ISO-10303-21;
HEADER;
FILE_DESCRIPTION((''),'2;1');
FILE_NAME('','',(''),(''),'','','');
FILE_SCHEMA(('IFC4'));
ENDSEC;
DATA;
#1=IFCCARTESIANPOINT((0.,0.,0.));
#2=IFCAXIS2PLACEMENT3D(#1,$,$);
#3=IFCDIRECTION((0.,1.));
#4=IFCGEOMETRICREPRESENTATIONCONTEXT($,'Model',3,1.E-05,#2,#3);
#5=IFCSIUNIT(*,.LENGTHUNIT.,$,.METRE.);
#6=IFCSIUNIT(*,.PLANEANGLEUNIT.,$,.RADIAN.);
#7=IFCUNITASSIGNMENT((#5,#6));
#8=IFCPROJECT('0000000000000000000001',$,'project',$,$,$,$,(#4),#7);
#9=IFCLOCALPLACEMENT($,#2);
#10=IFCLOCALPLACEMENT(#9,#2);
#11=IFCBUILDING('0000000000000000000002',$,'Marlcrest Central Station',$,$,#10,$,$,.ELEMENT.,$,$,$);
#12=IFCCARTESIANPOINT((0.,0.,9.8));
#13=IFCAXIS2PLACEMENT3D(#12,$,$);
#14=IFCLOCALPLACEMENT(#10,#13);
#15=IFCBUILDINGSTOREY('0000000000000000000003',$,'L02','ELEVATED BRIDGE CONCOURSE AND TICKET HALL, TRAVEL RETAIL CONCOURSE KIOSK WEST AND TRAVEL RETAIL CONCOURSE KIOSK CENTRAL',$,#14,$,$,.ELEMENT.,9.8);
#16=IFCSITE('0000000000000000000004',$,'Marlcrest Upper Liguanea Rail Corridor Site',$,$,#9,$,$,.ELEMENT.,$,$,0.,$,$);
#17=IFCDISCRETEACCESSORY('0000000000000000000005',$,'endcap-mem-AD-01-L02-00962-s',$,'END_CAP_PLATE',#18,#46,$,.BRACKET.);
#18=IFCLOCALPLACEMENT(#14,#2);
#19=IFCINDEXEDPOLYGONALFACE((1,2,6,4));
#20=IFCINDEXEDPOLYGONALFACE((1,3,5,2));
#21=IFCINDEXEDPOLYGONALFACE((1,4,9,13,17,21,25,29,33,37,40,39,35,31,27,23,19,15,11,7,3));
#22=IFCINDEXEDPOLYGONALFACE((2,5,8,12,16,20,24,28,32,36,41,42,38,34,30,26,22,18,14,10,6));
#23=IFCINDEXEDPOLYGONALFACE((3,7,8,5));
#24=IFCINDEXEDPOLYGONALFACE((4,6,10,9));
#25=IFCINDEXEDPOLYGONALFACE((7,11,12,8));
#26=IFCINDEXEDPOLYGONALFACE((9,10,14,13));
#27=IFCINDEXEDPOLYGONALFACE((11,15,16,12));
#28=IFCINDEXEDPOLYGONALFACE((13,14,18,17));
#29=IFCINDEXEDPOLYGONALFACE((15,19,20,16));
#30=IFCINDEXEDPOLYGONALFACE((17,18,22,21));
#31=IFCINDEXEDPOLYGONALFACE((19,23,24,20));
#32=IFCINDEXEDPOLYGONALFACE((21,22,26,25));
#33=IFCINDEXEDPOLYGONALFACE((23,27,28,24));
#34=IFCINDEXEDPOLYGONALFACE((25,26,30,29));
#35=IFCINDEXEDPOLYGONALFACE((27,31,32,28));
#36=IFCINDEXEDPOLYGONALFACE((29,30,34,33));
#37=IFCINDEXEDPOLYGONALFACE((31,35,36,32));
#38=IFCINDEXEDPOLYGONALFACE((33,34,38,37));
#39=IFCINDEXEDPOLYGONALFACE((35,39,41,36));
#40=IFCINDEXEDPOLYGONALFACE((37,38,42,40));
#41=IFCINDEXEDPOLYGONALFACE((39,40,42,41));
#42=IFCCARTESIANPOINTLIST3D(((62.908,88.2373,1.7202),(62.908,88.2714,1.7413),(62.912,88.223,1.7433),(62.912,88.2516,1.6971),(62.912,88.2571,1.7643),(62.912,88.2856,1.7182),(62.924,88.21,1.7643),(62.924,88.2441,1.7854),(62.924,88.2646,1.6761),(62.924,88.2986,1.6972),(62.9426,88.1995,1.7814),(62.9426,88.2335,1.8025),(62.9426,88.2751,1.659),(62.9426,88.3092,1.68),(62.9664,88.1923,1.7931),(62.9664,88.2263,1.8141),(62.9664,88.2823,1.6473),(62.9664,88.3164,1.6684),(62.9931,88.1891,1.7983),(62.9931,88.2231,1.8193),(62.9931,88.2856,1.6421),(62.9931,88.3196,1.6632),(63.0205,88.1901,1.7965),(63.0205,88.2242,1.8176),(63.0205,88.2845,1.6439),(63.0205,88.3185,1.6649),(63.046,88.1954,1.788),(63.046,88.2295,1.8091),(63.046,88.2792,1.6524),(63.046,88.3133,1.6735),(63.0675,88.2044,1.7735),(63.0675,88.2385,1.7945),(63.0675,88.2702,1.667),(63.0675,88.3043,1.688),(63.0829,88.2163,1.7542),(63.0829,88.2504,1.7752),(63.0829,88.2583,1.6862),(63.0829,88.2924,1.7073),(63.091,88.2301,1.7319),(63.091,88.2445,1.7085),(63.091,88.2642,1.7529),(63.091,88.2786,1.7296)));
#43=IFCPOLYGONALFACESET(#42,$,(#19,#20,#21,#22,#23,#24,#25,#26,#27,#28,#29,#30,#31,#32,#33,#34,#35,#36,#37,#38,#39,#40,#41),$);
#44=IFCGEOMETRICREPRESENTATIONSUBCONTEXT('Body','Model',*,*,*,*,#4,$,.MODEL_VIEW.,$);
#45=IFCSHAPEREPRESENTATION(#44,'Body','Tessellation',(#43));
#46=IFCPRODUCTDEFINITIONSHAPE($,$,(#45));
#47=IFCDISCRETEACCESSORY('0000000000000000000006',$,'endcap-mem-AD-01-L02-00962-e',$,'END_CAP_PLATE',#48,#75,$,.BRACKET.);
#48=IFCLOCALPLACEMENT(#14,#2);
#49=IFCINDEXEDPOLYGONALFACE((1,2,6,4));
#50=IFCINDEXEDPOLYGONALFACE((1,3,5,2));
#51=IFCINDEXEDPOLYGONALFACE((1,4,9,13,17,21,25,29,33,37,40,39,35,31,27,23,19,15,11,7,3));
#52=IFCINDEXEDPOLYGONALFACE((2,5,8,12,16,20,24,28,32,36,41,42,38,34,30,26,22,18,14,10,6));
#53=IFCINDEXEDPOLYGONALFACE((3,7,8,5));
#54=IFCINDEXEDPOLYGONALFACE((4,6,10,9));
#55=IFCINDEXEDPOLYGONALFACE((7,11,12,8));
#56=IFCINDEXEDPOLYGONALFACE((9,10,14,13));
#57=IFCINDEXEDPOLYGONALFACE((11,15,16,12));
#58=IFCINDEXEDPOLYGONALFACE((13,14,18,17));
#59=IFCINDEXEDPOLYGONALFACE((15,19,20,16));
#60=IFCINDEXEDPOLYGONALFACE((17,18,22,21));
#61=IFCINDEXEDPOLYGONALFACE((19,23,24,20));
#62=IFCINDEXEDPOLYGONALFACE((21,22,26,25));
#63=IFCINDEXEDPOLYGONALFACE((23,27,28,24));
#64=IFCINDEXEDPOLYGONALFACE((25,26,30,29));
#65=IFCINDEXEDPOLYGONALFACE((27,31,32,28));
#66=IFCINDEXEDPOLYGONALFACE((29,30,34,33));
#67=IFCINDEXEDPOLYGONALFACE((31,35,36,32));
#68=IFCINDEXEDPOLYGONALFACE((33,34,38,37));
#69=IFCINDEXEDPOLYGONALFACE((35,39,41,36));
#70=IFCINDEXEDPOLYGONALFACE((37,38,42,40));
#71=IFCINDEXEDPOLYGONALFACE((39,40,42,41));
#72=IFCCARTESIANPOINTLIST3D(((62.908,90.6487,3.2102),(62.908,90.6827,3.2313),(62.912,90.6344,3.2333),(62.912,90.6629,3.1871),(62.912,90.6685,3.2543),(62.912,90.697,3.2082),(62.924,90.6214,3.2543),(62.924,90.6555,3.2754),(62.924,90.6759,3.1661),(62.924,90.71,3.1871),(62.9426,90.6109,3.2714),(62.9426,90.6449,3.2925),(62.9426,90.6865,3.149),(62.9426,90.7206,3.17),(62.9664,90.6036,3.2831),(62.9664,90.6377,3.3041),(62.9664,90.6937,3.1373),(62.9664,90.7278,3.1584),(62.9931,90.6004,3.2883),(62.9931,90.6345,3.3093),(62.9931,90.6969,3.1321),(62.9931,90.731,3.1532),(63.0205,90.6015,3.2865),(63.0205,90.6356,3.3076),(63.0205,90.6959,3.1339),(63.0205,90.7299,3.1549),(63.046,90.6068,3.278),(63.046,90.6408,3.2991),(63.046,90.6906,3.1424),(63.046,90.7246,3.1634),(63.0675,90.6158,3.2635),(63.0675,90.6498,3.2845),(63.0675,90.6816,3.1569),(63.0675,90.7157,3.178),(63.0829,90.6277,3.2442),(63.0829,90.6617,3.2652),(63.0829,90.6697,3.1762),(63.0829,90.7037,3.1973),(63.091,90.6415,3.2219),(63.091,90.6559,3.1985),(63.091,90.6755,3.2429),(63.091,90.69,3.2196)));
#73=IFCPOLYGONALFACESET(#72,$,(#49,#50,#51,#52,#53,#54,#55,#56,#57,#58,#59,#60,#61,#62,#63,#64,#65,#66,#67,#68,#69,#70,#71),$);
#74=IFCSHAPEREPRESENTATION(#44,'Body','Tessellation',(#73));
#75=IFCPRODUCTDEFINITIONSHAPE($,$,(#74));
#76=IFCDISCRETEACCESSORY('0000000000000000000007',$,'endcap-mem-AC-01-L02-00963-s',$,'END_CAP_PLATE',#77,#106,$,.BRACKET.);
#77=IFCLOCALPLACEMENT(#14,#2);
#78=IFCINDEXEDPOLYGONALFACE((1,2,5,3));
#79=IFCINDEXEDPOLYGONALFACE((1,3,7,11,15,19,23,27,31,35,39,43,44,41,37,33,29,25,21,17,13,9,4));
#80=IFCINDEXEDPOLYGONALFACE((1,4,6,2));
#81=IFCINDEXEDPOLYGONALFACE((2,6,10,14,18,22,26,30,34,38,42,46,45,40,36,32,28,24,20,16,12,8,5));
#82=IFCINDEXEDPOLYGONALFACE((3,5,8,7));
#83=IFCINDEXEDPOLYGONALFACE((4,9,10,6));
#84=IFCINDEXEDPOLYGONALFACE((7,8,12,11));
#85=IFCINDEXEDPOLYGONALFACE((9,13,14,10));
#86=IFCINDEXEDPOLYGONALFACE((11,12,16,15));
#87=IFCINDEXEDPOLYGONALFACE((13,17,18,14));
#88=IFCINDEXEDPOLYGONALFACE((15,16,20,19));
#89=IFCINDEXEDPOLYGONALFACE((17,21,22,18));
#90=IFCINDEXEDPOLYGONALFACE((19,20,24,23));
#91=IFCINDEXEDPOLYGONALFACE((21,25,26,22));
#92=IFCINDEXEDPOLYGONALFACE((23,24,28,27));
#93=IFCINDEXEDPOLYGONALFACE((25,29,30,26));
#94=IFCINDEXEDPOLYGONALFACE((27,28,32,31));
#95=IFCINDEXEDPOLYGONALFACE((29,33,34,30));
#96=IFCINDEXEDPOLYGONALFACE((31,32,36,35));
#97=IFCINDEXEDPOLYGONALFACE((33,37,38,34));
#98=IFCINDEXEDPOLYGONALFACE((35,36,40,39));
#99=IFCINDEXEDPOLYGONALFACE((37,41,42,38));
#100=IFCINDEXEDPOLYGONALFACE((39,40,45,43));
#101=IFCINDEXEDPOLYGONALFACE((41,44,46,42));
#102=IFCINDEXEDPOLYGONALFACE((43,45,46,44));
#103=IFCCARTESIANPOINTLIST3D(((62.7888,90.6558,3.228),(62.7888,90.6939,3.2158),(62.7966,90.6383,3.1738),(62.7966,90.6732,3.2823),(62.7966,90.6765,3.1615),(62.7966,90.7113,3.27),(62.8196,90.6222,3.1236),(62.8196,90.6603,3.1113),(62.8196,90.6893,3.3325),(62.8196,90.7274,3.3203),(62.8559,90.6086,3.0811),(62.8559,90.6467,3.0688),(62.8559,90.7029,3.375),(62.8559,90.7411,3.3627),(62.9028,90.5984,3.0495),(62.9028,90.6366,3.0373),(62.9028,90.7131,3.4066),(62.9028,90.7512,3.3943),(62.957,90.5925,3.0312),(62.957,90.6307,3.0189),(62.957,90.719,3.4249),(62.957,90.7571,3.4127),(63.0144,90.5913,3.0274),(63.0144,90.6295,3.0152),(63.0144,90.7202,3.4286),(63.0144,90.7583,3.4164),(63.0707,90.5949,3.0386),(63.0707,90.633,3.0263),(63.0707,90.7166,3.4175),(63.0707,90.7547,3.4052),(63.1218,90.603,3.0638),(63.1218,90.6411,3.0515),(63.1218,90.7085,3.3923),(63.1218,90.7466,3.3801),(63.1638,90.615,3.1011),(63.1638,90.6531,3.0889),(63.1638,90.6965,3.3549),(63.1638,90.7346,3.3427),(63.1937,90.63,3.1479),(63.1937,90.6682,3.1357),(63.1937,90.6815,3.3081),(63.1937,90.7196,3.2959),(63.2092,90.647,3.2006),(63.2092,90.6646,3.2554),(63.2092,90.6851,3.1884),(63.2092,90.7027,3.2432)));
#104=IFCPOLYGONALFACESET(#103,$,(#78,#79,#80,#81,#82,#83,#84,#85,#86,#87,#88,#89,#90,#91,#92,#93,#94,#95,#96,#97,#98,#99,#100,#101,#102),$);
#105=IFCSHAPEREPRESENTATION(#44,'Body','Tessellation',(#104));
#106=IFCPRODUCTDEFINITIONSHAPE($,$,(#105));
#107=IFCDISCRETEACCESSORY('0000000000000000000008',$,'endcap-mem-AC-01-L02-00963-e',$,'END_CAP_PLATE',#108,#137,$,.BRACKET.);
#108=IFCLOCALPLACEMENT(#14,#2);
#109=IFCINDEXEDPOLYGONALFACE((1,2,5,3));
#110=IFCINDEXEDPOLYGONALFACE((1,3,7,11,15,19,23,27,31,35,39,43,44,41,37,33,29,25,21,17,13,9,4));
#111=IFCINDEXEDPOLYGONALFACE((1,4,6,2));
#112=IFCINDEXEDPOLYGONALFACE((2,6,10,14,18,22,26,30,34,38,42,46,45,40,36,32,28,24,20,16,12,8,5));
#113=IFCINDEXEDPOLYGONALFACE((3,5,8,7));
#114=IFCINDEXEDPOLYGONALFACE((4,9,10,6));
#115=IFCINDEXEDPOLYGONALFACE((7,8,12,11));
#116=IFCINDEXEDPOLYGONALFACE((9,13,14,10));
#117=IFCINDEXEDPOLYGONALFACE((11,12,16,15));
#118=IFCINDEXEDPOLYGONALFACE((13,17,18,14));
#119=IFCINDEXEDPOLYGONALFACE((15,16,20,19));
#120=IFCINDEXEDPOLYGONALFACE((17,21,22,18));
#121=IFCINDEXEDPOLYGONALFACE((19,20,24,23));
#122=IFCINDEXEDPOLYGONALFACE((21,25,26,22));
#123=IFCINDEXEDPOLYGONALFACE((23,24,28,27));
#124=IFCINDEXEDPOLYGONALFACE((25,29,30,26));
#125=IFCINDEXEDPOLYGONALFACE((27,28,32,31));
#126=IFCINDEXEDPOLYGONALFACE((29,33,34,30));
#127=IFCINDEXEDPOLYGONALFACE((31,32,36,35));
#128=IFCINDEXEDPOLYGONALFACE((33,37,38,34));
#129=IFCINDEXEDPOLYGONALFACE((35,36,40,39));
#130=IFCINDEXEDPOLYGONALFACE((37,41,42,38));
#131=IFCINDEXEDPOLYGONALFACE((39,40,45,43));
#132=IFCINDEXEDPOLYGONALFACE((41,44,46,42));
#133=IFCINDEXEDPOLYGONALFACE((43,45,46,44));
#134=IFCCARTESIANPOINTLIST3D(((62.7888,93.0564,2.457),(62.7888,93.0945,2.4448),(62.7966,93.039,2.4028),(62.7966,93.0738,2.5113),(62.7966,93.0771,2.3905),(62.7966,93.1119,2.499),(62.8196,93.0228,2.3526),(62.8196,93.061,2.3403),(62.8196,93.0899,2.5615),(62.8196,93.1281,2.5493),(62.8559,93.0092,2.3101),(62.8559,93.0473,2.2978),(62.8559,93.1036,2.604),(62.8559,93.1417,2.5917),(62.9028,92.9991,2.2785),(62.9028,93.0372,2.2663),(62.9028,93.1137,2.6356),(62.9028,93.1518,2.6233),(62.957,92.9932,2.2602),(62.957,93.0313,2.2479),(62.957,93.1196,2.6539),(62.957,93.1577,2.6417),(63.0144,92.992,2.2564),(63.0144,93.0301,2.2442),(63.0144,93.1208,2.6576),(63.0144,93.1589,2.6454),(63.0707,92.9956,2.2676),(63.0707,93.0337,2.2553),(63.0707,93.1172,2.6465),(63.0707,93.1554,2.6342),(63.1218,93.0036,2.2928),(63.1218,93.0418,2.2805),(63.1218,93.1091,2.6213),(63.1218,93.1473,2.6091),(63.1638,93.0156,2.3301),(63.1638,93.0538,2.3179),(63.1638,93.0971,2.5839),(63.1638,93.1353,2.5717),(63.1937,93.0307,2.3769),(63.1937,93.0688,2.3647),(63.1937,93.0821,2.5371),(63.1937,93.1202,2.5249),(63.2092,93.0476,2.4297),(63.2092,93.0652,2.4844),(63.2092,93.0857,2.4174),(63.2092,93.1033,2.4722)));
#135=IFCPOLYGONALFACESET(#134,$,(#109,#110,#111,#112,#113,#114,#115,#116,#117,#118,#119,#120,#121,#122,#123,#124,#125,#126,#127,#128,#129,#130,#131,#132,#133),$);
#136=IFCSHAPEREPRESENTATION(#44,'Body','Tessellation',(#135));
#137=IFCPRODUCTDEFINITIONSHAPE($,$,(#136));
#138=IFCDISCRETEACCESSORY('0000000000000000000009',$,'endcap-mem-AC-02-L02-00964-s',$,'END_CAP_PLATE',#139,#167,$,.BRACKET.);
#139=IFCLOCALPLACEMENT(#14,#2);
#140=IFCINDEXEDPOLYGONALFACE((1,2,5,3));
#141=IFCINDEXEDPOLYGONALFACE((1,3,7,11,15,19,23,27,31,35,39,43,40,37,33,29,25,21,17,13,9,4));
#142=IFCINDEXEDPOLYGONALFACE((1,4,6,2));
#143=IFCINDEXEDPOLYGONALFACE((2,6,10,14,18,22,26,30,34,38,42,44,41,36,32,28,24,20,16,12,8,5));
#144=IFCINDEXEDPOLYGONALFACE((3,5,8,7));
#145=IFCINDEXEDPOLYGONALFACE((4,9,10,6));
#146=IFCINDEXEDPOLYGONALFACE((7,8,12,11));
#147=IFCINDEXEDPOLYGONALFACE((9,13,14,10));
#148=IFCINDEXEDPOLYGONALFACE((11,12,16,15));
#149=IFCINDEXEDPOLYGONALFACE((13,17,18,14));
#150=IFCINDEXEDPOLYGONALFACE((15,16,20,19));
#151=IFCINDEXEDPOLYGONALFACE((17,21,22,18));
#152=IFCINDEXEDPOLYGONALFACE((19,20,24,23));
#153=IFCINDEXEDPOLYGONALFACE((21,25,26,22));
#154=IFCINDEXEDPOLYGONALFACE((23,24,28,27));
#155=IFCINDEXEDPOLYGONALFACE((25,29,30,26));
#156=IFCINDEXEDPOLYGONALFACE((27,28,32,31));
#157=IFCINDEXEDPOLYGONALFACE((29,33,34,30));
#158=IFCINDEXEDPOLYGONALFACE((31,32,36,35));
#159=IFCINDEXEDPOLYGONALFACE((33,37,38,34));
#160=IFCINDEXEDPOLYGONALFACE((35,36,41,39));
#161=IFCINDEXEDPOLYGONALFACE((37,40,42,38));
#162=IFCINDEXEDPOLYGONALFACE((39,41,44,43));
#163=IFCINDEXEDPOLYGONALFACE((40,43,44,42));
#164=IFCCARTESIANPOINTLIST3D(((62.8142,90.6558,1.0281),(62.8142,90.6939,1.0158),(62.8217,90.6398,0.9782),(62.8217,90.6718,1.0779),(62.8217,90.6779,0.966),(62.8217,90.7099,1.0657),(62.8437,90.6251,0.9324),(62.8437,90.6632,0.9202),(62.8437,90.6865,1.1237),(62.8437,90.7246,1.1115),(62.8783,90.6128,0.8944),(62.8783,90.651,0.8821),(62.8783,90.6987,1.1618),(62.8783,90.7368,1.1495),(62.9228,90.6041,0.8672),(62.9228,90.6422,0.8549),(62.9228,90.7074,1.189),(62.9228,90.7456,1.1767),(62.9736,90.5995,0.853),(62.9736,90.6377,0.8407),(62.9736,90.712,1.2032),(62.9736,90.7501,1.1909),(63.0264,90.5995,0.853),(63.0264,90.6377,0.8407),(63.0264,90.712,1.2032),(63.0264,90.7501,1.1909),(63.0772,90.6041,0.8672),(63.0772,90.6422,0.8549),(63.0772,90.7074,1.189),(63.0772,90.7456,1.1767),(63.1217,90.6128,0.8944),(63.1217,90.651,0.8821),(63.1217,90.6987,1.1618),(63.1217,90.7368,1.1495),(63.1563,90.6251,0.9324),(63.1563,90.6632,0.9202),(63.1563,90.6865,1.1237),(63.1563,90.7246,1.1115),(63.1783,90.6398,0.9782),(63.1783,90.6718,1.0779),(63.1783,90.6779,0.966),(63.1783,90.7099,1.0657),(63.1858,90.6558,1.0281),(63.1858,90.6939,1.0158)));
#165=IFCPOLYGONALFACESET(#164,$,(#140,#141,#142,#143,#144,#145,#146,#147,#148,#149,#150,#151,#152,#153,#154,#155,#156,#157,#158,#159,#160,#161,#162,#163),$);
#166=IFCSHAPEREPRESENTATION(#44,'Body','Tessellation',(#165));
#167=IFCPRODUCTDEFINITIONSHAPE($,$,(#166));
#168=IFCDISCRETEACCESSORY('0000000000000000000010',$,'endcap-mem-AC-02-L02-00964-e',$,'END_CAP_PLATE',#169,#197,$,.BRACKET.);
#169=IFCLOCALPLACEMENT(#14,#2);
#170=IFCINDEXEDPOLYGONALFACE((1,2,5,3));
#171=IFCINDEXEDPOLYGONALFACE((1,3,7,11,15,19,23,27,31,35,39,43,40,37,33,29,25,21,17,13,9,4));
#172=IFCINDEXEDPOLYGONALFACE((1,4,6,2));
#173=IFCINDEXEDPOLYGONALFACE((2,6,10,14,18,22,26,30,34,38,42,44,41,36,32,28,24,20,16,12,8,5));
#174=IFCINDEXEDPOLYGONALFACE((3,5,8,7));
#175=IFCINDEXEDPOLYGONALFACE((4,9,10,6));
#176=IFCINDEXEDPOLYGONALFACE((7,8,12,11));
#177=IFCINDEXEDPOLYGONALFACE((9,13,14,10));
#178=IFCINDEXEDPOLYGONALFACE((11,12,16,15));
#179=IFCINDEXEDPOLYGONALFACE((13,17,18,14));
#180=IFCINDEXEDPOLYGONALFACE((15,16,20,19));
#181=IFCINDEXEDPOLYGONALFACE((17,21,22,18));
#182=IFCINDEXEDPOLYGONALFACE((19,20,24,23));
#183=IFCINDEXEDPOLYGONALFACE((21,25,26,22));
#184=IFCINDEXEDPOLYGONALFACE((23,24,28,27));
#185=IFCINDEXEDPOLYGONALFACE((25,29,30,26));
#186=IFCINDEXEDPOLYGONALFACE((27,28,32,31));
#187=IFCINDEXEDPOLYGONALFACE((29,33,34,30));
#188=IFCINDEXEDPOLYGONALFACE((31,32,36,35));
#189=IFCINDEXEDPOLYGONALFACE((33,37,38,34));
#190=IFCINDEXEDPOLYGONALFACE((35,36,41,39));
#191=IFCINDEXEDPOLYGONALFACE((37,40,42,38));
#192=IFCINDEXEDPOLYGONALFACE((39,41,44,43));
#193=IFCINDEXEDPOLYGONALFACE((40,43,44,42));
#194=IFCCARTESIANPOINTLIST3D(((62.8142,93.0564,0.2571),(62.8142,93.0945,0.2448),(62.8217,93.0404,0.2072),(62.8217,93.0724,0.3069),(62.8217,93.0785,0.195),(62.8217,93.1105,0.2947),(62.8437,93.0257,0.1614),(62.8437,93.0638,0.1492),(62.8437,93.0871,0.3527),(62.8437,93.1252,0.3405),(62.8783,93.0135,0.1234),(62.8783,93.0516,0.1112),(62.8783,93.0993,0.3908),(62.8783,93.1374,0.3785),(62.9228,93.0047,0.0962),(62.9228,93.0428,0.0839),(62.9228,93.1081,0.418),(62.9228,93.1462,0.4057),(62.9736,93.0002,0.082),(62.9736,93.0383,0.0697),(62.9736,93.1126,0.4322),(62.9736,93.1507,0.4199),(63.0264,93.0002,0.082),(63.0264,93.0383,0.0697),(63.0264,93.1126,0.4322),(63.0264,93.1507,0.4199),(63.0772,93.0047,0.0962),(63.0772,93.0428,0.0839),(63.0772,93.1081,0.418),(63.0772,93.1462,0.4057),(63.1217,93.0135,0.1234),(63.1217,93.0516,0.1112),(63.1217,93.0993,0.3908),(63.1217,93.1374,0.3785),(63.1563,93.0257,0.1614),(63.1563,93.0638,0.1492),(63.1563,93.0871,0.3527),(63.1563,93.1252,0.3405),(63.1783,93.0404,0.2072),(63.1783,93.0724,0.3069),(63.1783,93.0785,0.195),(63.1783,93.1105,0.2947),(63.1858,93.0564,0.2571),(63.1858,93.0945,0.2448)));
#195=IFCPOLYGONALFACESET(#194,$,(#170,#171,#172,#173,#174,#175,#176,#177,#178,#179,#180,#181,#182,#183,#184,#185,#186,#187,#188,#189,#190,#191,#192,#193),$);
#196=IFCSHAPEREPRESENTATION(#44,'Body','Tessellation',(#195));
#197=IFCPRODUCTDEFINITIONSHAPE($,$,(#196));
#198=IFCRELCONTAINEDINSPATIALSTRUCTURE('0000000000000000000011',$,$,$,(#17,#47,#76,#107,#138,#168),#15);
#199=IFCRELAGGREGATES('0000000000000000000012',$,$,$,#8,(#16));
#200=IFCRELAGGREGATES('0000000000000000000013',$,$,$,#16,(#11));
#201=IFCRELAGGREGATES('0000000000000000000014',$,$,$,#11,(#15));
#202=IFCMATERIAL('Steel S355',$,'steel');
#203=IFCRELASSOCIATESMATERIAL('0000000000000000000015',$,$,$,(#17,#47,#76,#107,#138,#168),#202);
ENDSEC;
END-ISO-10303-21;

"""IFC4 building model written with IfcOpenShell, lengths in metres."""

from ifc_helpers import new_model, si_unit, direction, frame, origin, origin_2d, place, context, subcontext, project, spatial, circle, extrude, material, element, save


model = new_model("IFC4")

# Units and contexts
model_context = context("Model", 3, precision=1e-05, world=origin(), true_north=direction((0.0, 1.0)))
body_context = subcontext(model_context, "Body", "Model", "MODEL_VIEW")
ifc_project = project(units=[si_unit("LENGTHUNIT", "METRE"), si_unit("PLANEANGLEUNIT", "RADIAN")], contexts=[model_context])

# Site, building, storey
site_placement = place(None, origin())
site = spatial("IfcSite", under=ifc_project, at=site_placement, Name="Marlcrest Upper Liguanea Rail Corridor Site", CompositionType="ELEMENT", RefElevation=0.0)
building_placement = place(site_placement, origin())
building = spatial("IfcBuilding", under=site, at=building_placement, Name="Marlcrest Central Station", CompositionType="ELEMENT")
storey_placement = place(building_placement, frame((0.0, 0.0, 9.8)))
storey = spatial("IfcBuildingStorey", under=building, at=storey_placement, Name="L02", Description="ELEVATED BRIDGE CONCOURSE AND TICKET HALL, TRAVEL RETAIL CONCOURSE KIOSK WEST AND TRAVEL RETAIL CONCOURSE KIOSK CENTRAL", CompositionType="ELEMENT", Elevation=9.8)

# Shared definitions
ifc_material_1 = material(Name="Steel S355", Category="steel")

# Discrete accessories
for number, where, z_axis, x_axis, name in (
    (1, (63.0, 88.2373, 1.7202), (0.0, 0.850687, 0.525672), (-1.0, 0.0, 0.0), "endcap-mem-AD-01-L02-00962-s"),
    (2, (63.0, 90.6487, 3.2102), (0.0, 0.850687, 0.525672), (-1.0, 0.0, 0.0), "endcap-mem-AD-01-L02-00962-e"),
):
    element("IfcDiscreteAccessory", number, at=place(storey_placement, frame(where, z_axis=z_axis, x_axis=x_axis)), inside=storey, material=ifc_material_1, Name=name, ObjectType="END_CAP_PLATE", PredefinedType="BRACKET", context=body_context, shape_type="SweptSolid", body=[
        extrude(circle(Radius=0.092, at=origin_2d()), origin(), (0.0, 0.0, 1.0), 0.04),
    ])
for number, where, z_axis, x_axis, name in (
    (3, (63.0, 90.6558, 3.228), (0.0, 0.952117, -0.305734), (-1.0, 0.0, 0.0), "endcap-mem-AC-01-L02-00963-s"),
    (4, (63.0, 93.0564, 2.457), (0.0, 0.952117, -0.305734), (-1.0, 0.0, 0.0), "endcap-mem-AC-01-L02-00963-e"),
):
    element("IfcDiscreteAccessory", number, at=place(storey_placement, frame(where, z_axis=z_axis, x_axis=x_axis)), inside=storey, material=ifc_material_1, Name=name, ObjectType="END_CAP_PLATE", PredefinedType="BRACKET", context=body_context, shape_type="SweptSolid", body=[
        extrude(circle(Radius=0.2112, at=origin_2d()), origin(), (0.0, 0.0, 1.0), 0.04),
    ])
for number, where, z_axis, x_axis, name in (
    (5, (63.0, 90.6558, 1.0281), (0.0, 0.952117, -0.305734), (-1.0, 0.0, 0.0), "endcap-mem-AC-02-L02-00964-s"),
    (6, (63.0, 93.0564, 0.2571), (0.0, 0.952117, -0.305734), (-1.0, 0.0, 0.0), "endcap-mem-AC-02-L02-00964-e"),
):
    element("IfcDiscreteAccessory", number, at=place(storey_placement, frame(where, z_axis=z_axis, x_axis=x_axis)), inside=storey, material=ifc_material_1, Name=name, ObjectType="END_CAP_PLATE", PredefinedType="BRACKET", context=body_context, shape_type="SweptSolid", body=[
        extrude(circle(Radius=0.1858, at=origin_2d()), origin(), (0.0, 0.0, 1.0), 0.04),
    ])

save(model, "model.ifc")
